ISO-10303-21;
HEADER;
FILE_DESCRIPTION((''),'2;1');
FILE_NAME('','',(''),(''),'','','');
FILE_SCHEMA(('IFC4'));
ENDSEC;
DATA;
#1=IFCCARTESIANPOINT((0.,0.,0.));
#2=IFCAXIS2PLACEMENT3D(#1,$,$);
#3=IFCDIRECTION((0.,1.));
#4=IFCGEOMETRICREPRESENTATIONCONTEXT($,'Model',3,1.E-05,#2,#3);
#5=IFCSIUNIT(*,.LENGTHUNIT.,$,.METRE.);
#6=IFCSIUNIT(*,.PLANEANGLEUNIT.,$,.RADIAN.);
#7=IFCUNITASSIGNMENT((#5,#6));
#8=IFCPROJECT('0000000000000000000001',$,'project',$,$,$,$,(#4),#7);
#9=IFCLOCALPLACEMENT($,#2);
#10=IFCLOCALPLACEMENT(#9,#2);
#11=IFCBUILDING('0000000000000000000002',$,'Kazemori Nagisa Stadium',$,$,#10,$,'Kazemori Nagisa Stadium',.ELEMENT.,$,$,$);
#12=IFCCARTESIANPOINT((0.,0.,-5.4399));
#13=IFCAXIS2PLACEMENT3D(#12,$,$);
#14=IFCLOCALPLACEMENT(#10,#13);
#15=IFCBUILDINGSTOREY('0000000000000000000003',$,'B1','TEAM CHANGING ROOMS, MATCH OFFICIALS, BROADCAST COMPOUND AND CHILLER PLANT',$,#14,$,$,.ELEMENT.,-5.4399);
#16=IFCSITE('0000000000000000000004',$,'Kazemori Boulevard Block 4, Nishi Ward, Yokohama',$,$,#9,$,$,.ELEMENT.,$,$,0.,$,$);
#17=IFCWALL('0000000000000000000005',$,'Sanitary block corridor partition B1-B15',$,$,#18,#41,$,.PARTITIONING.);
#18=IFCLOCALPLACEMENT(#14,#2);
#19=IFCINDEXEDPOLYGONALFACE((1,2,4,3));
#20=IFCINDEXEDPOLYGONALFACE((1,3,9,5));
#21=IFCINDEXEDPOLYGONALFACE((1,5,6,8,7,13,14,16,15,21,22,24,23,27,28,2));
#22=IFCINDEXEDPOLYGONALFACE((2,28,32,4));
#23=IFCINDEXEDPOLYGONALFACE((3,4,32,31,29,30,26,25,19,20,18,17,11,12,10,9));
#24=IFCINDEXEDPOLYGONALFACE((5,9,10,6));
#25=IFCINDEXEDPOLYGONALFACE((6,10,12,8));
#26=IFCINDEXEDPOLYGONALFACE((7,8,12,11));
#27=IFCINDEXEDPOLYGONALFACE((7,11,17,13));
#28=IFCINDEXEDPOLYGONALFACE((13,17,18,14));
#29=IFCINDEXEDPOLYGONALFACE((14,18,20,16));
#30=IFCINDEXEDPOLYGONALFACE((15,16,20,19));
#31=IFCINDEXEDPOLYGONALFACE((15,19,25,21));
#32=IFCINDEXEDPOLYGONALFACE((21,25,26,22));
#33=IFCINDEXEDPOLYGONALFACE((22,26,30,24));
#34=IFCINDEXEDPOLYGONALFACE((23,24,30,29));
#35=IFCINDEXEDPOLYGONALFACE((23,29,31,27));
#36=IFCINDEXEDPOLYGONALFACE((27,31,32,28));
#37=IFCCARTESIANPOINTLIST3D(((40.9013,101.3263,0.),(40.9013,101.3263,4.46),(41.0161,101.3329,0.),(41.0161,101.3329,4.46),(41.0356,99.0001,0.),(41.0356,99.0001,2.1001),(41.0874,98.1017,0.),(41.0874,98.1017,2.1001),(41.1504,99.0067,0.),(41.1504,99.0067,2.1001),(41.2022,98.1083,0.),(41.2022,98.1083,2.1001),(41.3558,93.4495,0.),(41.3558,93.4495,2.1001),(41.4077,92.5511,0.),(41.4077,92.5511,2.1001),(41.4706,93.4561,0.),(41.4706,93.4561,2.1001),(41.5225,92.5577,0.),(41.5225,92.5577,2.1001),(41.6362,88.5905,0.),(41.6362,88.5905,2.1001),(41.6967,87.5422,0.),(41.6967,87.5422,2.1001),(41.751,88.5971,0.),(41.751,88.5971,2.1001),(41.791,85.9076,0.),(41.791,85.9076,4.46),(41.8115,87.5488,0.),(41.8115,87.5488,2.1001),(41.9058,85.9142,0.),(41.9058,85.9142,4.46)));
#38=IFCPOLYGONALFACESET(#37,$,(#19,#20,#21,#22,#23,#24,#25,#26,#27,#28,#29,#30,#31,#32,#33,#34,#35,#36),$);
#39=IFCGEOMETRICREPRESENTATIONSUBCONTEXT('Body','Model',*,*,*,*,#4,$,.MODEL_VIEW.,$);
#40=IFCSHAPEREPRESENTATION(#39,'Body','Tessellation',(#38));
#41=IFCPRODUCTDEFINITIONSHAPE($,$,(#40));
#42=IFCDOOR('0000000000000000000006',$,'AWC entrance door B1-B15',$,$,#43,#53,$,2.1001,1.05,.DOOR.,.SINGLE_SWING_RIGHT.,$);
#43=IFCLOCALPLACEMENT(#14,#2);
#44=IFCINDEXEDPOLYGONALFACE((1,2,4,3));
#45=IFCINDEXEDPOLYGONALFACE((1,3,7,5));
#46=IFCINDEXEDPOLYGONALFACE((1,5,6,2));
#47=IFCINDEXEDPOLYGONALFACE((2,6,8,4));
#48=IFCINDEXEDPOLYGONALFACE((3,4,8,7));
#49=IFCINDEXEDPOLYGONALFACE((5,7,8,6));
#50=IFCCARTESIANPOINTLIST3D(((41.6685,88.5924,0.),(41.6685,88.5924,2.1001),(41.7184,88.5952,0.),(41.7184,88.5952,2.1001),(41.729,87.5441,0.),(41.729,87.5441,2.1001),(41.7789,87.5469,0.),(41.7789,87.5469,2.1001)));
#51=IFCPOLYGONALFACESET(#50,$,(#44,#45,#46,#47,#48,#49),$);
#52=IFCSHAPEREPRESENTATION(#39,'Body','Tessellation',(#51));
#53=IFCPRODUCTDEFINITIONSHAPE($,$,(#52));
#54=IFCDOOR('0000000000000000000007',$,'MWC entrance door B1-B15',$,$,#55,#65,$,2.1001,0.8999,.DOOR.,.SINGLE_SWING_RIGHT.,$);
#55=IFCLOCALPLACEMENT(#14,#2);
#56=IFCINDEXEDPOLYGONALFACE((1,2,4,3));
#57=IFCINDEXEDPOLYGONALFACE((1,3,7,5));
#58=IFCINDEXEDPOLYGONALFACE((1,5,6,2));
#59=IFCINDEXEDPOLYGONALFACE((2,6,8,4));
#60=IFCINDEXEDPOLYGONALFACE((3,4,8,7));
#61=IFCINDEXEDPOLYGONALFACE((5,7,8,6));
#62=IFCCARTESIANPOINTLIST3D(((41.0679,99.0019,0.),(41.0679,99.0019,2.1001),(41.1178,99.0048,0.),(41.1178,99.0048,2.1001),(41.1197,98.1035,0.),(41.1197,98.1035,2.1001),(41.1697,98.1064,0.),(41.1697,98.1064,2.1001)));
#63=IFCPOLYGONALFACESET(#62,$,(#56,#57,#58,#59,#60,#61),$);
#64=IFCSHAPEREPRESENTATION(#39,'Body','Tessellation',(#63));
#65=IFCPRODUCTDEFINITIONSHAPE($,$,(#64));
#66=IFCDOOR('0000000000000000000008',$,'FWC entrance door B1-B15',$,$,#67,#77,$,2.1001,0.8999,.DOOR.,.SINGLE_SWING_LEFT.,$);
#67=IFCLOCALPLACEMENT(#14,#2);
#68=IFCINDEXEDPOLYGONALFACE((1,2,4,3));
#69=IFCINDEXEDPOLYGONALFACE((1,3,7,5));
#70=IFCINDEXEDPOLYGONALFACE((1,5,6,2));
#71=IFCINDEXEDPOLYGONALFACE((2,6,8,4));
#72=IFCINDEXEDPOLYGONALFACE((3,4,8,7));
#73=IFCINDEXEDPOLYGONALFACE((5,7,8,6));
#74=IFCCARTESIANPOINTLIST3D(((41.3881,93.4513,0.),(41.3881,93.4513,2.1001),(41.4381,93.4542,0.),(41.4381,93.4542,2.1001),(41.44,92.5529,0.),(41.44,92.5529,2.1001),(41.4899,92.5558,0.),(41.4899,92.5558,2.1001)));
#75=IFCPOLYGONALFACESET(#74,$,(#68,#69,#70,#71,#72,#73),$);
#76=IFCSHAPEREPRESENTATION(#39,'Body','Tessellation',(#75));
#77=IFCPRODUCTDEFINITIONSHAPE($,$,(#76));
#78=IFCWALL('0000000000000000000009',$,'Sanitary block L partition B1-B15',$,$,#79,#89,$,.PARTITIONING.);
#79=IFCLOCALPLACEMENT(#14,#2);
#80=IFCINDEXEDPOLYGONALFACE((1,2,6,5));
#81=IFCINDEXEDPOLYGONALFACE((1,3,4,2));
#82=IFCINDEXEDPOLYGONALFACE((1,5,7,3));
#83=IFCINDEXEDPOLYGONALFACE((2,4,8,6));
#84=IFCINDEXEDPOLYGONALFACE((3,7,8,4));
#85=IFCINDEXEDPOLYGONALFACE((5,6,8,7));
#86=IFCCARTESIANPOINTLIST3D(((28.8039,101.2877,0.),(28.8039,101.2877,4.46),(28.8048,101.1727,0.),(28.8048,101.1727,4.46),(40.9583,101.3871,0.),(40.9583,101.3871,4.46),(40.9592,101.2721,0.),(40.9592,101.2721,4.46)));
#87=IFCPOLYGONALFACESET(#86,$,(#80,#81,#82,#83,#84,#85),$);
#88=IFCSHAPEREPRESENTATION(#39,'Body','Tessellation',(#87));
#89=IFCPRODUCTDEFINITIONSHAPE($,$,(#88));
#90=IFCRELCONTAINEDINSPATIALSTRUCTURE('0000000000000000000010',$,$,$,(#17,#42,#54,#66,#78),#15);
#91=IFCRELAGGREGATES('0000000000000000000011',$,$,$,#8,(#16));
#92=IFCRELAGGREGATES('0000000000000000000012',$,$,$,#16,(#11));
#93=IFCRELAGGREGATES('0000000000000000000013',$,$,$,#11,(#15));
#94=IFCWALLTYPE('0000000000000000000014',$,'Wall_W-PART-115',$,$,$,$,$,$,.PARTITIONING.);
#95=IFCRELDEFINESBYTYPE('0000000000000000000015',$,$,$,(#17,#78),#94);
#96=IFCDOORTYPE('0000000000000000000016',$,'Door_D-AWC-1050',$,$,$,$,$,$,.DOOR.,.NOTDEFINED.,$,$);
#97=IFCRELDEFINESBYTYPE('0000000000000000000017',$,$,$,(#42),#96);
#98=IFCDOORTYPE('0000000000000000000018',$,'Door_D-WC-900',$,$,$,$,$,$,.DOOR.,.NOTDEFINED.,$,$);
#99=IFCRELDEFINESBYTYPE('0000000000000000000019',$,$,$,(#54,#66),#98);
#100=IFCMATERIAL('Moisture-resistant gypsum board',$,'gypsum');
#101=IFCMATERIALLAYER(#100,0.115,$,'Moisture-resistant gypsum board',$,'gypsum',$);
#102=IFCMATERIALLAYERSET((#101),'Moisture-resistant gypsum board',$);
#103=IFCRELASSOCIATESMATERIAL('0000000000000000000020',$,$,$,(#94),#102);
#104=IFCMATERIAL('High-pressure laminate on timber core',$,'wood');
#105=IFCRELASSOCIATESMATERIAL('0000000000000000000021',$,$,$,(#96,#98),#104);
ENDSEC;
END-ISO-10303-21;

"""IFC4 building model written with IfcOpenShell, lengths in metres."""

from ifc_helpers import new_model, si_unit, direction, frame, frame_2d, origin, place, context, subcontext, project, spatial, rectangle, extrude, material, layer, layer_set, type_object, element, fill, save


model = new_model("IFC4")

# Units and contexts
model_context = context("Model", 3, precision=1e-05, world=origin(), true_north=direction((0.0, 1.0)))
body_context = subcontext(model_context, "Body", "Model", "MODEL_VIEW")
ifc_project = project(units=[si_unit("LENGTHUNIT", "METRE"), si_unit("PLANEANGLEUNIT", "RADIAN")], contexts=[model_context])

# Site, building, storey
site_placement = place(None, origin())
site = spatial("IfcSite", under=ifc_project, at=site_placement, Name="Kazemori Boulevard Block 4, Nishi Ward, Yokohama", CompositionType="ELEMENT", RefElevation=0.0)
building_placement = place(site_placement, origin())
building = spatial("IfcBuilding", under=site, at=building_placement, Name="Kazemori Nagisa Stadium", LongName="Kazemori Nagisa Stadium", CompositionType="ELEMENT")
storey_placement = place(building_placement, frame((0.0, 0.0, -5.4399)))
storey = spatial("IfcBuildingStorey", under=building, at=storey_placement, Name="B1", Description="TEAM CHANGING ROOMS, MATCH OFFICIALS, BROADCAST COMPOUND AND CHILLER PLANT", CompositionType="ELEMENT", Elevation=-5.4399)

# Wall, openings, doors
ifc_material_1 = material(Name="Moisture-resistant gypsum board", Category="gypsum")
ifc_layer_1 = layer(ifc_material_1, 0.115, Name="Moisture-resistant gypsum board", Category="gypsum")
ifc_layer_set_1 = layer_set([ifc_layer_1], Name="Moisture-resistant gypsum board")
wall_type_1 = type_object("IfcWallType", Name="Wall_W-PART-115", PredefinedType="PARTITIONING", material=ifc_layer_set_1)
wall_1_placement = place(storey_placement, frame((40.9587, 101.3296, 0.0), z_axis=(0.0, 0.0, 1.0), x_axis=(0.057604, -0.99834, 0.0)))
wall_1 = element("IfcWall", 1, at=wall_1_placement, inside=storey, type_object=wall_type_1, Name="Sanitary block corridor partition B1-B15", PredefinedType="PARTITIONING", context=body_context, shape_type="SweptSolid", body=[
    extrude(rectangle(XDim=15.4443, YDim=0.115, at=frame_2d((7.7222, 0.0))), origin(), (0.0, 0.0, 1.0), 4.46),
])
opening_1_placement = place(wall_1_placement, frame((2.3301, 0.0, 0.0)))
opening_1 = element("IfcOpeningElement", 2, at=opening_1_placement, cuts=wall_1, PredefinedType="OPENING", context=body_context, shape_type="SweptSolid", body=[
    extrude(rectangle(XDim=0.8999, YDim=2.1001, at=frame_2d((0.45, 1.05))), frame((0.0, 0.0674, 0.0), z_axis=(0.0, -1.0, 0.0), x_axis=(1.0, 0.0, 0.0)), (0.0, 0.0, 1.0), 0.135),
])
opening_2_placement = place(wall_1_placement, frame((7.8899, 0.0, 0.0)))
opening_2 = element("IfcOpeningElement", 3, at=opening_2_placement, cuts=wall_1, PredefinedType="OPENING", context=body_context, shape_type="SweptSolid", body=[
    extrude(rectangle(XDim=0.8999, YDim=2.1001, at=frame_2d((0.45, 1.05))), frame((0.0, 0.0674, 0.0), z_axis=(0.0, -1.0, 0.0), x_axis=(1.0, 0.0, 0.0)), (0.0, 0.0, 1.0), 0.135),
])
opening_3_placement = place(wall_1_placement, frame((12.7571, 0.0, 0.0)))
opening_3 = element("IfcOpeningElement", 4, at=opening_3_placement, cuts=wall_1, PredefinedType="OPENING", context=body_context, shape_type="SweptSolid", body=[
    extrude(rectangle(XDim=1.05, YDim=2.1001, at=frame_2d((0.5249, 1.05))), frame((0.0, 0.0674, 0.0), z_axis=(0.0, -1.0, 0.0), x_axis=(1.0, 0.0, 0.0)), (0.0, 0.0, 1.0), 0.135),
])
ifc_material_2 = material(Name="High-pressure laminate on timber core", Category="wood")
door_type_1 = type_object("IfcDoorType", Name="Door_D-AWC-1050", OperationType="NOTDEFINED", PredefinedType="DOOR", material=ifc_material_2)
door_1_placement = place(opening_3_placement, origin())
door_1 = element("IfcDoor", 5, at=door_1_placement, inside=storey, type_object=door_type_1, Name="AWC entrance door B1-B15", OperationType="SINGLE_SWING_RIGHT", OverallHeight=2.1001, OverallWidth=1.05, PredefinedType="DOOR", context=body_context, shape_type="SweptSolid", body=[
    extrude(rectangle(XDim=1.05, YDim=2.1001, at=frame_2d((0.5249, 1.05))), frame((0.0, 0.0249, 0.0), z_axis=(0.0, -1.0, 0.0), x_axis=(1.0, 0.0, 0.0)), (0.0, 0.0, 1.0), 0.05),
])
fill(opening_3, door_1)
door_type_2 = type_object("IfcDoorType", Name="Door_D-WC-900", OperationType="NOTDEFINED", PredefinedType="DOOR", material=ifc_material_2)
door_2_placement = place(opening_1_placement, origin())
door_2 = element("IfcDoor", 6, at=door_2_placement, inside=storey, type_object=door_type_2, Name="MWC entrance door B1-B15", OperationType="SINGLE_SWING_RIGHT", OverallHeight=2.1001, OverallWidth=0.8999, PredefinedType="DOOR", context=body_context, shape_type="SweptSolid", body=[
    extrude(rectangle(XDim=0.8999, YDim=2.1001, at=frame_2d((0.45, 1.05))), frame((0.0, 0.0249, 0.0), z_axis=(0.0, -1.0, 0.0), x_axis=(1.0, 0.0, 0.0)), (0.0, 0.0, 1.0), 0.05),
])
fill(opening_1, door_2)
door_3_placement = place(opening_2_placement, origin())
door_3 = element("IfcDoor", 7, at=door_3_placement, inside=storey, type_object=door_type_2, Name="FWC entrance door B1-B15", OperationType="SINGLE_SWING_LEFT", OverallHeight=2.1001, OverallWidth=0.8999, PredefinedType="DOOR", context=body_context, shape_type="SweptSolid", body=[
    extrude(rectangle(XDim=0.8999, YDim=2.1001, at=frame_2d((0.45, 1.05))), frame((0.0, 0.0249, 0.0), z_axis=(0.0, -1.0, 0.0), x_axis=(1.0, 0.0, 0.0)), (0.0, 0.0, 1.0), 0.05),
])
fill(opening_2, door_3)

# Wall
wall_2_placement = place(storey_placement, frame((40.9587, 101.3296, 0.0), z_axis=(0.0, 0.0, 1.0), x_axis=(-0.999967, -0.008175, 0.0)))
element("IfcWall", 8, at=wall_2_placement, inside=storey, type_object=wall_type_1, Name="Sanitary block L partition B1-B15", PredefinedType="PARTITIONING", context=body_context, shape_type="SweptSolid", body=[
    extrude(rectangle(XDim=12.1548, YDim=0.115, at=frame_2d((6.0774, 0.0))), origin(), (0.0, 0.0, 1.0), 4.46),
])

save(model, "model.ifc")
